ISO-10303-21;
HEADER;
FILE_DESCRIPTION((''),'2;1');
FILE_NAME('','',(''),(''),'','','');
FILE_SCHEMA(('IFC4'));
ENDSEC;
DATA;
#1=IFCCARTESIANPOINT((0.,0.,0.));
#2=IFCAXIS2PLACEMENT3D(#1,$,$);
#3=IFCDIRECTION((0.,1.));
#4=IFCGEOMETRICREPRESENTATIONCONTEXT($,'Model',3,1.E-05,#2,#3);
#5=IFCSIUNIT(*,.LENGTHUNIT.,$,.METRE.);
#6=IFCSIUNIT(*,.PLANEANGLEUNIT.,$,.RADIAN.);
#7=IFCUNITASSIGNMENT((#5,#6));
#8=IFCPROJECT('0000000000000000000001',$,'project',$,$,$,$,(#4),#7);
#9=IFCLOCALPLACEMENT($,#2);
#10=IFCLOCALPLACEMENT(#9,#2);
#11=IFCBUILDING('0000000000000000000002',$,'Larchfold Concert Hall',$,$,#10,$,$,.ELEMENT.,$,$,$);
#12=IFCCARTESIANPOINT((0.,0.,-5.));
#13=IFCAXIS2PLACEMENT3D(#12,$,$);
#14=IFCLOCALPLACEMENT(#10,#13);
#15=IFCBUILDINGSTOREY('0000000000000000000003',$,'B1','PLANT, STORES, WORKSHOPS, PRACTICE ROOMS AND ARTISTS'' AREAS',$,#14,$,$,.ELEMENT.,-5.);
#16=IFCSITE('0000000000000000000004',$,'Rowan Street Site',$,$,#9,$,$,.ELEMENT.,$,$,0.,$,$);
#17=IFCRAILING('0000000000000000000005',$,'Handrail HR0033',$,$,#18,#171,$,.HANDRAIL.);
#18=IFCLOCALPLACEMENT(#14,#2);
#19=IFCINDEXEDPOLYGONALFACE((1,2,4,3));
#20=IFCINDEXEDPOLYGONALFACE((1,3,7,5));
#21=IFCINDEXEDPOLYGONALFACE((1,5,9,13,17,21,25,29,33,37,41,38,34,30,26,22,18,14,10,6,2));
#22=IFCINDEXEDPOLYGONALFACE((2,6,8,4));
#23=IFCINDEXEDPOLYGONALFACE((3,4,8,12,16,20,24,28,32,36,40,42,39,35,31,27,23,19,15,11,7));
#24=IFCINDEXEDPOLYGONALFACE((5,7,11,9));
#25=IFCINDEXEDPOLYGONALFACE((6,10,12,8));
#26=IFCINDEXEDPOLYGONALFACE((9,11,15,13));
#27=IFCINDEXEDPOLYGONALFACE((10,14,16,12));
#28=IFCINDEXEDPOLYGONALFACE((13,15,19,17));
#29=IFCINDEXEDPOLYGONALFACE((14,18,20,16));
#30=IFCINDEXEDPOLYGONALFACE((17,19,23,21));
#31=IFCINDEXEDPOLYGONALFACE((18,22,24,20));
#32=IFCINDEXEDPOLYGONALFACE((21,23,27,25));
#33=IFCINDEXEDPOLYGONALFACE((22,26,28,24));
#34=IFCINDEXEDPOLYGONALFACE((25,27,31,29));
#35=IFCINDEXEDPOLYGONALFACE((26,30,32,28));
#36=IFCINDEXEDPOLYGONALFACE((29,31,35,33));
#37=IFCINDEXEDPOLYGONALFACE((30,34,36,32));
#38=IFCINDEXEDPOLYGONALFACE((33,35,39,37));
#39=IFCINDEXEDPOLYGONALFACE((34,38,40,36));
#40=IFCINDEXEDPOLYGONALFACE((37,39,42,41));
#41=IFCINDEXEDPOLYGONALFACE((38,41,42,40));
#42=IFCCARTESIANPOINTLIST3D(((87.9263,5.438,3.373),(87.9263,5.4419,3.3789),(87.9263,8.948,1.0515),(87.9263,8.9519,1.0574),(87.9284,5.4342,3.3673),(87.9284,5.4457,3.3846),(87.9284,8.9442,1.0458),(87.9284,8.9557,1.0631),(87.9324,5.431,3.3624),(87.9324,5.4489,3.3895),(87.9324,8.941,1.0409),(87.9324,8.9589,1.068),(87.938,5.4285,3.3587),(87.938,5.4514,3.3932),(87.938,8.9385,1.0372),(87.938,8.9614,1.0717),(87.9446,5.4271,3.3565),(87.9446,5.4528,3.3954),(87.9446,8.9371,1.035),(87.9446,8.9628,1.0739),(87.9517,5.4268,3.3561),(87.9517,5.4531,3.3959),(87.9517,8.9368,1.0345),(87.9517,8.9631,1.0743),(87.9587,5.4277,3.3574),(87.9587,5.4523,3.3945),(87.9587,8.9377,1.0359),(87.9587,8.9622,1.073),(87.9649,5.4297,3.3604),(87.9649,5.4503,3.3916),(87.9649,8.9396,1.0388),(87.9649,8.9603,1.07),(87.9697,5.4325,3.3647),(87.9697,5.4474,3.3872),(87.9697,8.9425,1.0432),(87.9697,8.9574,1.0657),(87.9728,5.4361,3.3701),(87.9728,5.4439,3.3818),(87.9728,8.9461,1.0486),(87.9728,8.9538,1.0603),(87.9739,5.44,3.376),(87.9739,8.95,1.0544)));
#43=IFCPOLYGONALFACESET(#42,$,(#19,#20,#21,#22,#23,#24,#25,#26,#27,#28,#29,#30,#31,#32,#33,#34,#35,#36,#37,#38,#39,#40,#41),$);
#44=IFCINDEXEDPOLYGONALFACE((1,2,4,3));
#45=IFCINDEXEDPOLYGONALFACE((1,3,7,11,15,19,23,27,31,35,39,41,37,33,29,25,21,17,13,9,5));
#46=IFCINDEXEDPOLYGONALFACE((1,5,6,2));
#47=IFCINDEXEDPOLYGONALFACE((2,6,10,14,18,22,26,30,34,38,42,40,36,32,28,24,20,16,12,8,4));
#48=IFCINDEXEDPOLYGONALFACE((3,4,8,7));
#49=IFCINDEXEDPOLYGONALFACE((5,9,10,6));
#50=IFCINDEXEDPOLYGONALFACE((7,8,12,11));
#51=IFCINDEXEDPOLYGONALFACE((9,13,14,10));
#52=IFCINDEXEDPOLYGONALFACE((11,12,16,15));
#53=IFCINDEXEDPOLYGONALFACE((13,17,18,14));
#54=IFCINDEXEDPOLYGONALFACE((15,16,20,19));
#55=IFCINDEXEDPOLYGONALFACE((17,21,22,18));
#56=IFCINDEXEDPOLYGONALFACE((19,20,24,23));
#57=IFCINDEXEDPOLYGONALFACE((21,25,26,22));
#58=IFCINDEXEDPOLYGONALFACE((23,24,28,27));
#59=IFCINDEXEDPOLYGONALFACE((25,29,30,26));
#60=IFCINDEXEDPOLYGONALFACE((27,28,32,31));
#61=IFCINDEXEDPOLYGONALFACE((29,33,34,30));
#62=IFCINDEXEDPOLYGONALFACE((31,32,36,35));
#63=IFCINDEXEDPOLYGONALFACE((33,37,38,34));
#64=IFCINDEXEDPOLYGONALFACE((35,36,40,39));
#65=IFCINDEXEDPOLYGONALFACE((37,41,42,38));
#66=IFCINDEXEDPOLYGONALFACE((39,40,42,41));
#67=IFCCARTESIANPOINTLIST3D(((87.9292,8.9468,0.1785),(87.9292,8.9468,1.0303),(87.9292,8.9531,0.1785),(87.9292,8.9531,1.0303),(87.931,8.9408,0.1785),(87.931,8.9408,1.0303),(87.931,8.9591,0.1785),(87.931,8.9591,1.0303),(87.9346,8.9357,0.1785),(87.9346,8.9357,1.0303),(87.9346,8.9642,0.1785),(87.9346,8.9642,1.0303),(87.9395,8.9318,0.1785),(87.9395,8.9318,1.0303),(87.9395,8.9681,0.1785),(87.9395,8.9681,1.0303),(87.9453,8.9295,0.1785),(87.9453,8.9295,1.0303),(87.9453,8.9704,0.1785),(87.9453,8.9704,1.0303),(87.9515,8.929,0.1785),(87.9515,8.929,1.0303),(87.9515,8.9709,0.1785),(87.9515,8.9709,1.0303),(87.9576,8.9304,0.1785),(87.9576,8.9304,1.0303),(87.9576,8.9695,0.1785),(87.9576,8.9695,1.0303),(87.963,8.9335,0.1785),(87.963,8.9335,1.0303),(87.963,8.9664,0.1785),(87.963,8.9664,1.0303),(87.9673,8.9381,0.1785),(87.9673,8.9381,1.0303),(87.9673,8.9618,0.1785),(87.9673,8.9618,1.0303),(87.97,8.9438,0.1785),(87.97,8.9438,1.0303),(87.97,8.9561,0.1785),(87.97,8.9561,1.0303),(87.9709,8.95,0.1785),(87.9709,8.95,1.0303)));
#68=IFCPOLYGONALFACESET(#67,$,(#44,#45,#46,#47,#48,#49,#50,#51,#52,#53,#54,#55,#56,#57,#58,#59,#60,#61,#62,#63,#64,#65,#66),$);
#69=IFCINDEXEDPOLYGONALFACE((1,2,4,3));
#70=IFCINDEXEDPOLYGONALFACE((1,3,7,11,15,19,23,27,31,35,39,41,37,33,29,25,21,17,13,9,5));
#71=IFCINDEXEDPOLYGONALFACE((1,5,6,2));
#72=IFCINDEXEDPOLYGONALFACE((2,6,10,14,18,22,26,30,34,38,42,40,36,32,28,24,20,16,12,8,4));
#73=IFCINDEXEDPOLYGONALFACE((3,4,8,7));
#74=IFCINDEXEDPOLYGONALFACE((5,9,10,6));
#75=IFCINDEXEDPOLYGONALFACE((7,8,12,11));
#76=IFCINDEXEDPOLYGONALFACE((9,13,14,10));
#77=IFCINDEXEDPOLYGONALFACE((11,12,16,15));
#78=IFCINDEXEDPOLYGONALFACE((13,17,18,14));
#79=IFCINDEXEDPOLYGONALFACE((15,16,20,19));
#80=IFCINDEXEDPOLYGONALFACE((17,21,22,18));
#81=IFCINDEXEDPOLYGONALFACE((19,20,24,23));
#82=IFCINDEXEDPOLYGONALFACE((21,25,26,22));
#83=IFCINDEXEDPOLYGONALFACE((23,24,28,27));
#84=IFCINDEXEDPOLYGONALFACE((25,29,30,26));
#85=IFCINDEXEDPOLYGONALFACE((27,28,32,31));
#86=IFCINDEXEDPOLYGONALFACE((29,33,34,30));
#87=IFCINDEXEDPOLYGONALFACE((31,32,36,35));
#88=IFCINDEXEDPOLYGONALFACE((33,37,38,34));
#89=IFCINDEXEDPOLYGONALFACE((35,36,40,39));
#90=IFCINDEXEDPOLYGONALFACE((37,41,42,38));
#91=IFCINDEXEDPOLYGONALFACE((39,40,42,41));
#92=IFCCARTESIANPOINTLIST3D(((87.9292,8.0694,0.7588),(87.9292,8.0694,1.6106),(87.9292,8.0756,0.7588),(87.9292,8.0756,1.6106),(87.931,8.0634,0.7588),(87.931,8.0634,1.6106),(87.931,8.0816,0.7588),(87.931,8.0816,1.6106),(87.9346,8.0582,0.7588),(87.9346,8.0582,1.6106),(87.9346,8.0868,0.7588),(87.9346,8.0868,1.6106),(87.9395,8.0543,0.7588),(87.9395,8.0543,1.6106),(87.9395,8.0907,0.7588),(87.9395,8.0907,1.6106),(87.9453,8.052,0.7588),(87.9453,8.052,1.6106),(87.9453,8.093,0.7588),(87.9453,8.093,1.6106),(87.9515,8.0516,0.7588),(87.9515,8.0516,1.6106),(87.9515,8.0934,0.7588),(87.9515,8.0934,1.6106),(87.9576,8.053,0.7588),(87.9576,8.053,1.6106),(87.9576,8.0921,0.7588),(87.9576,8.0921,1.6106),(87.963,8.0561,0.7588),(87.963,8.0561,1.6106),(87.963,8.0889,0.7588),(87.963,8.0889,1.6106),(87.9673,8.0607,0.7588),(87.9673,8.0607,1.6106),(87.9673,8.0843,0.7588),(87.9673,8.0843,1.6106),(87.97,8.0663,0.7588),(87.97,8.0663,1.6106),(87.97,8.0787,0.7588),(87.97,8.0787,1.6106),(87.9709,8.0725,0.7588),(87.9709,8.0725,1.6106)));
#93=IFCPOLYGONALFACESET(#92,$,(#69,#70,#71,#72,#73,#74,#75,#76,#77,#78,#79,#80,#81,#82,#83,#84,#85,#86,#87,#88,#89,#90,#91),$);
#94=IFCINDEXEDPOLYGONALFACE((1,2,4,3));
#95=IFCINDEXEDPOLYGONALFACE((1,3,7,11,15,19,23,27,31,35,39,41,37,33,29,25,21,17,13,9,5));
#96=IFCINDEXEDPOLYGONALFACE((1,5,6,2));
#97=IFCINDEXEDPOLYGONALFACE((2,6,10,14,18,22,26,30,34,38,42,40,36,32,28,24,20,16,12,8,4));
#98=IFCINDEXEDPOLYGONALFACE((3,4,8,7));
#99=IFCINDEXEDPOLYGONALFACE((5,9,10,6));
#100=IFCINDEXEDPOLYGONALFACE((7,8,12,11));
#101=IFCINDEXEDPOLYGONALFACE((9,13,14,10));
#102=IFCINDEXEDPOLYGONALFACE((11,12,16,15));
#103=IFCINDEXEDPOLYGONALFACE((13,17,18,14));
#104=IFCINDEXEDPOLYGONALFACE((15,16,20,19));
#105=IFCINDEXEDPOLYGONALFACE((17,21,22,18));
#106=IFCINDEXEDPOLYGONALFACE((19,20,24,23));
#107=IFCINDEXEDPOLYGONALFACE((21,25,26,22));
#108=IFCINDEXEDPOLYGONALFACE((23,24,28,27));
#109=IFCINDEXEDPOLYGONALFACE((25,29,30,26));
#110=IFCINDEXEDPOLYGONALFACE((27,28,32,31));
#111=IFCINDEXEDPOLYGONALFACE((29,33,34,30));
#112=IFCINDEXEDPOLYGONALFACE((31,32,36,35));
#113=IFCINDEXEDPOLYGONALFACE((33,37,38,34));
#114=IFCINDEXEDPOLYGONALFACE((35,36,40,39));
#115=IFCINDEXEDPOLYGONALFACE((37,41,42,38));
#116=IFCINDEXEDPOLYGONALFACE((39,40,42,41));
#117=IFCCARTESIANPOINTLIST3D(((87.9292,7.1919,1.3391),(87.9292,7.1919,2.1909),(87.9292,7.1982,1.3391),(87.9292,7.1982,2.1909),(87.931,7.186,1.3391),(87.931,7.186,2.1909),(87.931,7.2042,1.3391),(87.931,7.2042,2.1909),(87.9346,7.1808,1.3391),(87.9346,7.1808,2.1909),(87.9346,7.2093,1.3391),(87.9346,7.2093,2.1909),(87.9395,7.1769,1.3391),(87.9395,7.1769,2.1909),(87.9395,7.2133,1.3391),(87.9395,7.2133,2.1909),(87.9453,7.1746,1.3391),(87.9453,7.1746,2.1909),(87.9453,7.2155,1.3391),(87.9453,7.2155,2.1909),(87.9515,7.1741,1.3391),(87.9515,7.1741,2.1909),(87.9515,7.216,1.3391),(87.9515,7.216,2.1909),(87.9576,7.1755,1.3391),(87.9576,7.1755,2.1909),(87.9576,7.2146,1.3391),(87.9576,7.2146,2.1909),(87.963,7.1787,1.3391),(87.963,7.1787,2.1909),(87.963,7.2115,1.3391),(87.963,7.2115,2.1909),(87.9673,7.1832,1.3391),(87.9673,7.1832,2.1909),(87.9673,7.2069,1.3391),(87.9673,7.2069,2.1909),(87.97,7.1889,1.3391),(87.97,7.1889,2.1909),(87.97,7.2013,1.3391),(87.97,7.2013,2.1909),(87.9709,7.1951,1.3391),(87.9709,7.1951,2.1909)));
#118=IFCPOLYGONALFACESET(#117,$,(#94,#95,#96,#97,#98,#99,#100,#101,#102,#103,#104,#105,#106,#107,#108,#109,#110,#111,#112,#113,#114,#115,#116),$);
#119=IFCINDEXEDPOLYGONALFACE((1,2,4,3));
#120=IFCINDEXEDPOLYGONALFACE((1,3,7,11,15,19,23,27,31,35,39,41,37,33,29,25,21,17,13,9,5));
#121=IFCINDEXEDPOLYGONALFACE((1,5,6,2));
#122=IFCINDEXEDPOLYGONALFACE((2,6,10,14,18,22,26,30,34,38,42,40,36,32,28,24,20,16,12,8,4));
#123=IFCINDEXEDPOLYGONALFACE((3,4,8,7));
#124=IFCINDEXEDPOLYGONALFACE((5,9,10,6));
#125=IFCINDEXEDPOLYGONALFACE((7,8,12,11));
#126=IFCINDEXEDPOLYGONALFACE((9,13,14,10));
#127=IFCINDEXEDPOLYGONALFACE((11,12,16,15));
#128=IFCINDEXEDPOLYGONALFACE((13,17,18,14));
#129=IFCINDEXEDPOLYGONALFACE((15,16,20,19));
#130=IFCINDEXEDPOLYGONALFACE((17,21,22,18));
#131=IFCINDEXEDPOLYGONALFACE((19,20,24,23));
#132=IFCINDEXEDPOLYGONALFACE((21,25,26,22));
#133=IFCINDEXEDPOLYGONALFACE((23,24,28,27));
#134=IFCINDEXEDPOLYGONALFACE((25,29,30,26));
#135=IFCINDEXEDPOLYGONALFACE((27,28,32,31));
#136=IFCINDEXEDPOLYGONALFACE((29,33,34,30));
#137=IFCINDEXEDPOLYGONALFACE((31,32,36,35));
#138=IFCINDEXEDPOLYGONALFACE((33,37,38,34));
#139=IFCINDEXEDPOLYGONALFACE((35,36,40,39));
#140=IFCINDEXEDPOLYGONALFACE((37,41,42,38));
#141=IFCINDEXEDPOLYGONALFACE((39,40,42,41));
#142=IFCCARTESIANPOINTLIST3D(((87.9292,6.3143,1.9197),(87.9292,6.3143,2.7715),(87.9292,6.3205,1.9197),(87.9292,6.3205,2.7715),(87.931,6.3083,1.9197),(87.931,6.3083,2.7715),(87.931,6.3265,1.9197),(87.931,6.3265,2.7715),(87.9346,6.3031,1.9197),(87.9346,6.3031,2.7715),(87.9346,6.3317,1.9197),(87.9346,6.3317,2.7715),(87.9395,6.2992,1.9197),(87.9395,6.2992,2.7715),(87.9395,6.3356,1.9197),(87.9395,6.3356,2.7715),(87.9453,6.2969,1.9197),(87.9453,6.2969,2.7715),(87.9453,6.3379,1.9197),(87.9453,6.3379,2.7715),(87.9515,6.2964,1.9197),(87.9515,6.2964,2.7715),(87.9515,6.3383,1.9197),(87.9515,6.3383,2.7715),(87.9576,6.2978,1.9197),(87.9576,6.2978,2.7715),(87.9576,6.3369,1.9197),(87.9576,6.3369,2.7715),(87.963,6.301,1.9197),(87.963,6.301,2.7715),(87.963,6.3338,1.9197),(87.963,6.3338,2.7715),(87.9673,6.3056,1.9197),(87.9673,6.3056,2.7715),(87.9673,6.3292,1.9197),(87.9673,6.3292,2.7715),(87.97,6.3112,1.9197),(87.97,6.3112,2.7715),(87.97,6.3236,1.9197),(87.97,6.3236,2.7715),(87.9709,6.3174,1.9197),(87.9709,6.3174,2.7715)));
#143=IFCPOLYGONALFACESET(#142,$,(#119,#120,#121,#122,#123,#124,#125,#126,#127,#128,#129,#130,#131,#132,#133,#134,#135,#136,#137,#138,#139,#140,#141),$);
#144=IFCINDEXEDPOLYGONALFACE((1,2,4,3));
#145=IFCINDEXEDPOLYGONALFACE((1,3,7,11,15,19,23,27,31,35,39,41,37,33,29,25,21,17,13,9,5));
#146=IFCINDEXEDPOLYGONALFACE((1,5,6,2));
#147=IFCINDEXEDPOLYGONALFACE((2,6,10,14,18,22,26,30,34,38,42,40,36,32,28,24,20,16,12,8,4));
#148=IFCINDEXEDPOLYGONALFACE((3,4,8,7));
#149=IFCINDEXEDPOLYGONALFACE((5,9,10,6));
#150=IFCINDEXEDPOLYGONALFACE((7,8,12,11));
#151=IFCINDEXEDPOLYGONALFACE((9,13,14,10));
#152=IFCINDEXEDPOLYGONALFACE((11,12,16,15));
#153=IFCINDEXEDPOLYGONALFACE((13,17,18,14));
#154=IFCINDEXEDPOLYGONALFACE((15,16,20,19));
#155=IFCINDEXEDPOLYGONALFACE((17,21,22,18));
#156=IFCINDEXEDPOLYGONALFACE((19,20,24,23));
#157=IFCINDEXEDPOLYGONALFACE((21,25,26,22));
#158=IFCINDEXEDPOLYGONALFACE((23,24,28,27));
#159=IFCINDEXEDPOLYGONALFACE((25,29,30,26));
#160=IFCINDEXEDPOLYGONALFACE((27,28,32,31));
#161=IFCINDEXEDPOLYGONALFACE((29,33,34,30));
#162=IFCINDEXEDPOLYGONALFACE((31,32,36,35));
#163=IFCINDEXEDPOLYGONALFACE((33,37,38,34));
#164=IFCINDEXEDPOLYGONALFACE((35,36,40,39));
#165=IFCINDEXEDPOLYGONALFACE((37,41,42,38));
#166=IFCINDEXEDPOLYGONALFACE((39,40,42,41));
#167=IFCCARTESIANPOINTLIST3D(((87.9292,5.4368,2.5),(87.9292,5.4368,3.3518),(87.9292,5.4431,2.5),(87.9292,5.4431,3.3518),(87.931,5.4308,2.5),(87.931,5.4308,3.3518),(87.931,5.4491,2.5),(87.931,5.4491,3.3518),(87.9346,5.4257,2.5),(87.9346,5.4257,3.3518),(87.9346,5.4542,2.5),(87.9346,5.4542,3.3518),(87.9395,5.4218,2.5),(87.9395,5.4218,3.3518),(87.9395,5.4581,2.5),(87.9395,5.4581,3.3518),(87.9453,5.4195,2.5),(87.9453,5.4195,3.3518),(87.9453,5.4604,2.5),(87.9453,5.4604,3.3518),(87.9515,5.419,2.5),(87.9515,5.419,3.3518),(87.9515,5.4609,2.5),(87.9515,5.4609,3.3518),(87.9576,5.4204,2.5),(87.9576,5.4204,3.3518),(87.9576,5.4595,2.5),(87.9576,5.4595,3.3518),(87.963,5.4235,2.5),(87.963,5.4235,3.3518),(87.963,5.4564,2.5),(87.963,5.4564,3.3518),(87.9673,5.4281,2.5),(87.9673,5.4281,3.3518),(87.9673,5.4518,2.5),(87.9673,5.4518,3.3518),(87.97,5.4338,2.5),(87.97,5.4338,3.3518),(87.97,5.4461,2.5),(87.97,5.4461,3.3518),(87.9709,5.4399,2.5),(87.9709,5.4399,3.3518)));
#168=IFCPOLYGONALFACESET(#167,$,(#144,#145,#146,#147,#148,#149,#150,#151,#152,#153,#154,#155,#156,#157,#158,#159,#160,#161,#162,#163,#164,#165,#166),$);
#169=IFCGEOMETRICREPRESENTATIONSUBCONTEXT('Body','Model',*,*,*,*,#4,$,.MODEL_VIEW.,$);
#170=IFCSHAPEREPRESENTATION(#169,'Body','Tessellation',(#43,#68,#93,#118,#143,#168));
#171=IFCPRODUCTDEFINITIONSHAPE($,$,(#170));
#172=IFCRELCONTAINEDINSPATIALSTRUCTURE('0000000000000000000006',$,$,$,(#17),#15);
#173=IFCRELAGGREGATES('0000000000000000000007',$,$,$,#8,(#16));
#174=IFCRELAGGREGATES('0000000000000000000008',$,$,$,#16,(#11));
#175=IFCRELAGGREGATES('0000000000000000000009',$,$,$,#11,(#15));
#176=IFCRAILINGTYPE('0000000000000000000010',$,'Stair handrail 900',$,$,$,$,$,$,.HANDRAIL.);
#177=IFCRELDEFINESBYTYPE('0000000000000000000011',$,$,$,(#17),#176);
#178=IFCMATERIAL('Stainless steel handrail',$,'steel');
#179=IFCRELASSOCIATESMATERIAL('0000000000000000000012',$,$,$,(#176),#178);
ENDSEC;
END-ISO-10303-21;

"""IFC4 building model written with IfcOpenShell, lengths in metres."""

from ifc_helpers import new_model, si_unit, direction, frame, origin, origin_2d, place, context, subcontext, project, spatial, circle, extrude, material, type_object, element, save


model = new_model("IFC4")

# Units and contexts
model_context = context("Model", 3, precision=1e-05, world=origin(), true_north=direction((0.0, 1.0)))
body_context = subcontext(model_context, "Body", "Model", "MODEL_VIEW")
ifc_project = project(units=[si_unit("LENGTHUNIT", "METRE"), si_unit("PLANEANGLEUNIT", "RADIAN")], contexts=[model_context])

# Site, building, storey
site_placement = place(None, origin())
site = spatial("IfcSite", under=ifc_project, at=site_placement, Name="Rowan Street Site", CompositionType="ELEMENT", RefElevation=0.0)
building_placement = place(site_placement, origin())
building = spatial("IfcBuilding", under=site, at=building_placement, Name="Larchfold Concert Hall", CompositionType="ELEMENT")
storey_placement = place(building_placement, frame((0.0, 0.0, -5.0)))
storey = spatial("IfcBuildingStorey", under=building, at=storey_placement, Name="B1", Description="PLANT, STORES, WORKSHOPS, PRACTICE ROOMS AND ARTISTS' AREAS", CompositionType="ELEMENT", Elevation=-5.0)

# Railing
ifc_material_1 = material(Name="Stainless steel handrail", Category="steel")
railing_type_1 = type_object("IfcRailingType", Name="Stair handrail 900", PredefinedType="HANDRAIL", material=ifc_material_1)
for number, where, name in (
    (1, (87.95, 8.95, 0.1785), "Handrail HR0033"),
):
    element("IfcRailing", number, at=place(storey_placement, frame(where)), inside=storey, type_object=railing_type_1, Name=name, PredefinedType="HANDRAIL", context=body_context, shape_type="SweptSolid", body=[
        extrude(circle(Radius=0.0239, at=origin_2d()), frame((0.0, 0.0, 0.876), z_axis=(0.0, -0.834071, 0.551657), x_axis=(1.0, 0.0, 0.0)), (0.0, 0.0, 1.0), 4.2083),
        extrude(circle(Radius=0.021, at=origin_2d()), origin(), (0.0, 0.0, 1.0), 0.8518),
        extrude(circle(Radius=0.021, at=origin_2d()), frame((0.0, -0.8774, 0.5803)), (0.0, 0.0, 1.0), 0.8518),
        extrude(circle(Radius=0.021, at=origin_2d()), frame((0.0, -1.7549, 1.1606)), (0.0, 0.0, 1.0), 0.8518),
        extrude(circle(Radius=0.021, at=origin_2d()), frame((0.0, -2.6326, 1.7412)), (0.0, 0.0, 1.0), 0.8518),
        extrude(circle(Radius=0.021, at=origin_2d()), frame((0.0, -3.51, 2.3215)), (0.0, 0.0, 1.0), 0.8518),
    ])

save(model, "model.ifc")
